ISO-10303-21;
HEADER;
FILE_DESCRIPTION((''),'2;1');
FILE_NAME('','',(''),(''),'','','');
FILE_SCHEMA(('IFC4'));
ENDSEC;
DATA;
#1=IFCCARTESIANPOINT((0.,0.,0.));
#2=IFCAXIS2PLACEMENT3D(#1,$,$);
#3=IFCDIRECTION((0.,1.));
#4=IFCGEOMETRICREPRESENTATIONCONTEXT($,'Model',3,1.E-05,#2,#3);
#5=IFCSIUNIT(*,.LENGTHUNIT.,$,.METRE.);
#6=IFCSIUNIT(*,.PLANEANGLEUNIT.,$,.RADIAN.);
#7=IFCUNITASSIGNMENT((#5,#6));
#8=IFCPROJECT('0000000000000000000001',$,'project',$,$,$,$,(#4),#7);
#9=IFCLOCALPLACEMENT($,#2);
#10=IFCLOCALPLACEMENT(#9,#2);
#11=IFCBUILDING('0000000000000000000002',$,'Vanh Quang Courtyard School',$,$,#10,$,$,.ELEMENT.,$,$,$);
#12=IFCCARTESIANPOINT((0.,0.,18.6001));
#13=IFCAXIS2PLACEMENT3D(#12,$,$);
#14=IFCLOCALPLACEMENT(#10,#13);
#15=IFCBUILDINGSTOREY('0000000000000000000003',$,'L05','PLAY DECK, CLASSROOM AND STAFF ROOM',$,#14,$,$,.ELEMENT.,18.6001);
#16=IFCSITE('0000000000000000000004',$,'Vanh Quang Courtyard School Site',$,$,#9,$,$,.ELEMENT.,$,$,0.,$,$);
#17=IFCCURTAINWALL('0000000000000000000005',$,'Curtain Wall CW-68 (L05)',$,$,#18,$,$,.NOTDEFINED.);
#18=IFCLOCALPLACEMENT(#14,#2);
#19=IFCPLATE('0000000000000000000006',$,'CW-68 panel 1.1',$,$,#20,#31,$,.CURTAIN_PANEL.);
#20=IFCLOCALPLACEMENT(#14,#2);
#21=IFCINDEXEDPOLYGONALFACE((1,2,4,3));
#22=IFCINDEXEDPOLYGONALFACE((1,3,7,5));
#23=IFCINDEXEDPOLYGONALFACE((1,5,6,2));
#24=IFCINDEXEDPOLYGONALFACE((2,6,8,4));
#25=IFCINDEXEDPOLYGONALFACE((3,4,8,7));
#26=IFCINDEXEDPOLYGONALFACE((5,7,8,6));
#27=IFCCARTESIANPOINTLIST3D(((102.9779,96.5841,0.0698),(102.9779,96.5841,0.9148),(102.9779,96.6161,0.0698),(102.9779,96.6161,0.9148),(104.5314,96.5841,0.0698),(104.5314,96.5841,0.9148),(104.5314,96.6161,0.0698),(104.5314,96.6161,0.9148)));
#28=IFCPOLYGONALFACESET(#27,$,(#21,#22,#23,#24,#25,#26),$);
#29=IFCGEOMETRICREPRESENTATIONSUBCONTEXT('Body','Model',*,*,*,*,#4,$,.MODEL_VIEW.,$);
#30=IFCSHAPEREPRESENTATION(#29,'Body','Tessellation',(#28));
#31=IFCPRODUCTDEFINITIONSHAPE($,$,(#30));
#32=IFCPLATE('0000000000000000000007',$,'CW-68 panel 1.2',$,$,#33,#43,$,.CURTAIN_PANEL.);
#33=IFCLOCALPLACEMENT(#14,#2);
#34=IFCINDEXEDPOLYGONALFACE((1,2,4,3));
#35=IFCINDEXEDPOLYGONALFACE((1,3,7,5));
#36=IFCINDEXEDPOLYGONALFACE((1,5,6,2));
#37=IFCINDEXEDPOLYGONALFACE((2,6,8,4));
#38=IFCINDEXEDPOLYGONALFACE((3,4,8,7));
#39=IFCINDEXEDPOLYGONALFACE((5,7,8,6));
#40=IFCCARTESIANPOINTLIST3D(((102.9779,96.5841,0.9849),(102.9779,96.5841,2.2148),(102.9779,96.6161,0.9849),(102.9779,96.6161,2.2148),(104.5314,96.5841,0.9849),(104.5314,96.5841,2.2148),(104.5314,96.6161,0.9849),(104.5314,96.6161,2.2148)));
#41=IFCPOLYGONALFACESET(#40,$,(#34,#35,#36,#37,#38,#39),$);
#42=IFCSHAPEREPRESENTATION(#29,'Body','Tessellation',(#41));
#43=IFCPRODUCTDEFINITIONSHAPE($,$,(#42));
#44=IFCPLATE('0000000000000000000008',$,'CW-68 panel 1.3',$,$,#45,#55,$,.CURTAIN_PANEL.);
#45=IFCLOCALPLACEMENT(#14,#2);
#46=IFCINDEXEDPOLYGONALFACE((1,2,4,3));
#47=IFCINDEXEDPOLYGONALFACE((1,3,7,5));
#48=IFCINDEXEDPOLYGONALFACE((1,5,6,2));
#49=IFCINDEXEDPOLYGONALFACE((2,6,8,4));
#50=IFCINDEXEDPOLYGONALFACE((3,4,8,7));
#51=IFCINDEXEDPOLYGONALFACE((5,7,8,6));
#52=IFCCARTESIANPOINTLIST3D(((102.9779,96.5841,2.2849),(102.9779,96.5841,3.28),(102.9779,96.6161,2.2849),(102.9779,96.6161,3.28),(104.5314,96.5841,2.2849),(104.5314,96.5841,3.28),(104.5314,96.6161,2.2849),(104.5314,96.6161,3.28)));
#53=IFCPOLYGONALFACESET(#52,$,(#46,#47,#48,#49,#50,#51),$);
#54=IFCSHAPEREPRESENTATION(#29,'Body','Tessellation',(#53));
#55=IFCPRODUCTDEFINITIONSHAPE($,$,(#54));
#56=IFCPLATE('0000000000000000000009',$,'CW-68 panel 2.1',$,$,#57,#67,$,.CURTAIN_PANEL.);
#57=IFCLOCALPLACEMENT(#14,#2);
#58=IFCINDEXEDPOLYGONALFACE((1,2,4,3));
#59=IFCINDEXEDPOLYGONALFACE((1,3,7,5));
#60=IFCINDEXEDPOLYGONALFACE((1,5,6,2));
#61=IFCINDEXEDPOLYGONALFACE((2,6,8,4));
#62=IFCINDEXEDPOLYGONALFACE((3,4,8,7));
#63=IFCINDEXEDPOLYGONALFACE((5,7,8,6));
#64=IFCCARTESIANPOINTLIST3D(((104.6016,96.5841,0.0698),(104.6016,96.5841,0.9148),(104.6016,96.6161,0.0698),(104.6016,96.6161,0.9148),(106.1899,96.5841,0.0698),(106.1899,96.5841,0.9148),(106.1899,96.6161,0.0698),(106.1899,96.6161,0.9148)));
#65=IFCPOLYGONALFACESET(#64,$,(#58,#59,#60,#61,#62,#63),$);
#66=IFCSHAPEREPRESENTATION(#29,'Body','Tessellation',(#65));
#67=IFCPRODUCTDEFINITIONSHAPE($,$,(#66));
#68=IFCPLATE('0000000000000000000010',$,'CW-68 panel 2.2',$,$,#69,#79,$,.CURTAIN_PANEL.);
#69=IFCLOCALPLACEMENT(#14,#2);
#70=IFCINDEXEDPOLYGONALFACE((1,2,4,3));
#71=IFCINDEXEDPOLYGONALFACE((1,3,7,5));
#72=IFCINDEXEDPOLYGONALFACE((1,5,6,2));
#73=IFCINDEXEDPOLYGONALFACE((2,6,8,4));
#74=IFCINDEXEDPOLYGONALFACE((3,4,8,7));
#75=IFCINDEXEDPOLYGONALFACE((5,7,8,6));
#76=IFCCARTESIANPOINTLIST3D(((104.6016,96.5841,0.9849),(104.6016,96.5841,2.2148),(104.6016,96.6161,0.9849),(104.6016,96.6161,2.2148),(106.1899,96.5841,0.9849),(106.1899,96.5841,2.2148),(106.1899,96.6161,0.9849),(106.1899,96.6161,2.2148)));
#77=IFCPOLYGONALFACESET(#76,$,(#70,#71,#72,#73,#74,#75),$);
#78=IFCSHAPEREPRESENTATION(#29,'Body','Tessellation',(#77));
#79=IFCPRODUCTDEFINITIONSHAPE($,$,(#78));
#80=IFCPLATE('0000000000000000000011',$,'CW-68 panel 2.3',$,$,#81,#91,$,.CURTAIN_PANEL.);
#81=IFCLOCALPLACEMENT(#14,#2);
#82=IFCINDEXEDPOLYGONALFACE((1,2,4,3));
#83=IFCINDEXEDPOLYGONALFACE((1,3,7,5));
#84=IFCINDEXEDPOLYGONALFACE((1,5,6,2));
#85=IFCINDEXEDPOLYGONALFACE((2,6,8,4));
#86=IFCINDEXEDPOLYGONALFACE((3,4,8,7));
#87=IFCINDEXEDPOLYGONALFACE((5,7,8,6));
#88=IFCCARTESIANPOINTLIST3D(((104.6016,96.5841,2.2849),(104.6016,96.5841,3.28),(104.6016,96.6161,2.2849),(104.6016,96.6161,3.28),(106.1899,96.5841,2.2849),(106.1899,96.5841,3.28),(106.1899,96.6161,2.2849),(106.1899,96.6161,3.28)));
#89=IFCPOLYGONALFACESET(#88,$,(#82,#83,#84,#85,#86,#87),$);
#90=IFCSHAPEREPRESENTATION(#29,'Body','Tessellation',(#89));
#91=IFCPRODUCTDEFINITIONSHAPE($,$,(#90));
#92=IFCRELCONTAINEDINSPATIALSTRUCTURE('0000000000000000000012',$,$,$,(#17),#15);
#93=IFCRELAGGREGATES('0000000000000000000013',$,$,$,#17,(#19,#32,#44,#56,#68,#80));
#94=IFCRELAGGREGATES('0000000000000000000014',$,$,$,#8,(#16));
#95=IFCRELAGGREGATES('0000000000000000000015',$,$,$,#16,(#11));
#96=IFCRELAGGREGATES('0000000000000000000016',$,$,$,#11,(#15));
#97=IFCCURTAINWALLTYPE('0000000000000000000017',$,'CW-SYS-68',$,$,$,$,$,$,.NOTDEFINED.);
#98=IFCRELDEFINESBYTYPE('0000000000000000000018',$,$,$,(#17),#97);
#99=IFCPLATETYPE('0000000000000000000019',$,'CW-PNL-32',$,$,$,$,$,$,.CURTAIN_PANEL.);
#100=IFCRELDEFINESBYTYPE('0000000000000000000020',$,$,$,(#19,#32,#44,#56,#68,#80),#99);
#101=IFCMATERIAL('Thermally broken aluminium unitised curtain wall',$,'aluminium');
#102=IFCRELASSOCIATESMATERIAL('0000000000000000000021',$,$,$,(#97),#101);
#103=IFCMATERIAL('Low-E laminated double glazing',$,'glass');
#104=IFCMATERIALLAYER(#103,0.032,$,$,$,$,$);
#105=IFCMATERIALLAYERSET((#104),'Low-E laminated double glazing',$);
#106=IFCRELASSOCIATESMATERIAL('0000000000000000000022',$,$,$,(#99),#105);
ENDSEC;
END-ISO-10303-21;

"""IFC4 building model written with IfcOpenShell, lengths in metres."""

from ifc_helpers import new_model, si_unit, direction, frame, origin, origin_2d, place, context, subcontext, project, spatial, rectangle, extrude, material, layer, layer_set, type_object, element, aggregate, save


model = new_model("IFC4")

# Units and contexts
model_context = context("Model", 3, precision=1e-05, world=origin(), true_north=direction((0.0, 1.0)))
body_context = subcontext(model_context, "Body", "Model", "MODEL_VIEW")
ifc_project = project(units=[si_unit("LENGTHUNIT", "METRE"), si_unit("PLANEANGLEUNIT", "RADIAN")], contexts=[model_context])

# Site, building, storey
site_placement = place(None, origin())
site = spatial("IfcSite", under=ifc_project, at=site_placement, Name="Vanh Quang Courtyard School Site", CompositionType="ELEMENT", RefElevation=0.0)
building_placement = place(site_placement, origin())
building = spatial("IfcBuilding", under=site, at=building_placement, Name="Vanh Quang Courtyard School", CompositionType="ELEMENT")
storey_placement = place(building_placement, frame((0.0, 0.0, 18.6001)))
storey = spatial("IfcBuildingStorey", under=building, at=storey_placement, Name="L05", Description="PLAY DECK, CLASSROOM AND STAFF ROOM", CompositionType="ELEMENT", Elevation=18.6001)

# Curtain wall, plates
ifc_material_1 = material(Name="Thermally broken aluminium unitised curtain wall", Category="aluminium")
curtain_wall_type = type_object("IfcCurtainWallType", Name="CW-SYS-68", PredefinedType="NOTDEFINED", material=ifc_material_1)
curtain_wall_placement = place(storey_placement, origin())
curtain_wall = element("IfcCurtainWall", 1, at=curtain_wall_placement, inside=storey, type_object=curtain_wall_type, Name="Curtain Wall CW-68 (L05)", PredefinedType="NOTDEFINED")
ifc_material_2 = material(Name="Low-E laminated double glazing", Category="glass")
ifc_layer = layer(ifc_material_2, 0.032)
ifc_layer_set = layer_set([ifc_layer], Name="Low-E laminated double glazing")
plate_type = type_object("IfcPlateType", Name="CW-PNL-32", PredefinedType="CURTAIN_PANEL", material=ifc_layer_set)
plate_1_placement = place(storey_placement, frame((103.7546, 96.6001, 0.0698), z_axis=(0.0, 0.0, 1.0), x_axis=(1.0, 0.0, 0.0)))
plate_1 = element("IfcPlate", 2, at=plate_1_placement, type_object=plate_type, Name="CW-68 panel 1.1", PredefinedType="CURTAIN_PANEL", context=body_context, shape_type="SweptSolid", body=[
    extrude(rectangle(XDim=1.5535, YDim=0.032, at=origin_2d()), origin(), (0.0, 0.0, 1.0), 0.845),
])
plate_2_placement = place(storey_placement, frame((103.7546, 96.6001, 0.9849), z_axis=(0.0, 0.0, 1.0), x_axis=(1.0, 0.0, 0.0)))
plate_2 = element("IfcPlate", 3, at=plate_2_placement, type_object=plate_type, Name="CW-68 panel 1.2", PredefinedType="CURTAIN_PANEL", context=body_context, shape_type="SweptSolid", body=[
    extrude(rectangle(XDim=1.5535, YDim=0.032, at=origin_2d()), origin(), (0.0, 0.0, 1.0), 1.23),
])
plate_3_placement = place(storey_placement, frame((103.7546, 96.6001, 2.2849), z_axis=(0.0, 0.0, 1.0), x_axis=(1.0, 0.0, 0.0)))
plate_3 = element("IfcPlate", 4, at=plate_3_placement, type_object=plate_type, Name="CW-68 panel 1.3", PredefinedType="CURTAIN_PANEL", context=body_context, shape_type="SweptSolid", body=[
    extrude(rectangle(XDim=1.5535, YDim=0.032, at=origin_2d()), origin(), (0.0, 0.0, 1.0), 0.9951),
])
plate_4_placement = place(storey_placement, frame((105.3958, 96.6001, 0.0698), z_axis=(0.0, 0.0, 1.0), x_axis=(1.0, 0.0, 0.0)))
plate_4 = element("IfcPlate", 5, at=plate_4_placement, type_object=plate_type, Name="CW-68 panel 2.1", PredefinedType="CURTAIN_PANEL", context=body_context, shape_type="SweptSolid", body=[
    extrude(rectangle(XDim=1.5884, YDim=0.032, at=origin_2d()), origin(), (0.0, 0.0, 1.0), 0.845),
])
plate_5_placement = place(storey_placement, frame((105.3958, 96.6001, 0.9849), z_axis=(0.0, 0.0, 1.0), x_axis=(1.0, 0.0, 0.0)))
plate_5 = element("IfcPlate", 6, at=plate_5_placement, type_object=plate_type, Name="CW-68 panel 2.2", PredefinedType="CURTAIN_PANEL", context=body_context, shape_type="SweptSolid", body=[
    extrude(rectangle(XDim=1.5884, YDim=0.032, at=origin_2d()), origin(), (0.0, 0.0, 1.0), 1.23),
])
plate_6_placement = place(storey_placement, frame((105.3958, 96.6001, 2.2849), z_axis=(0.0, 0.0, 1.0), x_axis=(1.0, 0.0, 0.0)))
plate_6 = element("IfcPlate", 7, at=plate_6_placement, type_object=plate_type, Name="CW-68 panel 2.3", PredefinedType="CURTAIN_PANEL", context=body_context, shape_type="SweptSolid", body=[
    extrude(rectangle(XDim=1.5884, YDim=0.032, at=origin_2d()), origin(), (0.0, 0.0, 1.0), 0.9951),
])
aggregate(curtain_wall, [plate_1, plate_2, plate_3, plate_4, plate_5, plate_6])

save(model, "model.ifc")
